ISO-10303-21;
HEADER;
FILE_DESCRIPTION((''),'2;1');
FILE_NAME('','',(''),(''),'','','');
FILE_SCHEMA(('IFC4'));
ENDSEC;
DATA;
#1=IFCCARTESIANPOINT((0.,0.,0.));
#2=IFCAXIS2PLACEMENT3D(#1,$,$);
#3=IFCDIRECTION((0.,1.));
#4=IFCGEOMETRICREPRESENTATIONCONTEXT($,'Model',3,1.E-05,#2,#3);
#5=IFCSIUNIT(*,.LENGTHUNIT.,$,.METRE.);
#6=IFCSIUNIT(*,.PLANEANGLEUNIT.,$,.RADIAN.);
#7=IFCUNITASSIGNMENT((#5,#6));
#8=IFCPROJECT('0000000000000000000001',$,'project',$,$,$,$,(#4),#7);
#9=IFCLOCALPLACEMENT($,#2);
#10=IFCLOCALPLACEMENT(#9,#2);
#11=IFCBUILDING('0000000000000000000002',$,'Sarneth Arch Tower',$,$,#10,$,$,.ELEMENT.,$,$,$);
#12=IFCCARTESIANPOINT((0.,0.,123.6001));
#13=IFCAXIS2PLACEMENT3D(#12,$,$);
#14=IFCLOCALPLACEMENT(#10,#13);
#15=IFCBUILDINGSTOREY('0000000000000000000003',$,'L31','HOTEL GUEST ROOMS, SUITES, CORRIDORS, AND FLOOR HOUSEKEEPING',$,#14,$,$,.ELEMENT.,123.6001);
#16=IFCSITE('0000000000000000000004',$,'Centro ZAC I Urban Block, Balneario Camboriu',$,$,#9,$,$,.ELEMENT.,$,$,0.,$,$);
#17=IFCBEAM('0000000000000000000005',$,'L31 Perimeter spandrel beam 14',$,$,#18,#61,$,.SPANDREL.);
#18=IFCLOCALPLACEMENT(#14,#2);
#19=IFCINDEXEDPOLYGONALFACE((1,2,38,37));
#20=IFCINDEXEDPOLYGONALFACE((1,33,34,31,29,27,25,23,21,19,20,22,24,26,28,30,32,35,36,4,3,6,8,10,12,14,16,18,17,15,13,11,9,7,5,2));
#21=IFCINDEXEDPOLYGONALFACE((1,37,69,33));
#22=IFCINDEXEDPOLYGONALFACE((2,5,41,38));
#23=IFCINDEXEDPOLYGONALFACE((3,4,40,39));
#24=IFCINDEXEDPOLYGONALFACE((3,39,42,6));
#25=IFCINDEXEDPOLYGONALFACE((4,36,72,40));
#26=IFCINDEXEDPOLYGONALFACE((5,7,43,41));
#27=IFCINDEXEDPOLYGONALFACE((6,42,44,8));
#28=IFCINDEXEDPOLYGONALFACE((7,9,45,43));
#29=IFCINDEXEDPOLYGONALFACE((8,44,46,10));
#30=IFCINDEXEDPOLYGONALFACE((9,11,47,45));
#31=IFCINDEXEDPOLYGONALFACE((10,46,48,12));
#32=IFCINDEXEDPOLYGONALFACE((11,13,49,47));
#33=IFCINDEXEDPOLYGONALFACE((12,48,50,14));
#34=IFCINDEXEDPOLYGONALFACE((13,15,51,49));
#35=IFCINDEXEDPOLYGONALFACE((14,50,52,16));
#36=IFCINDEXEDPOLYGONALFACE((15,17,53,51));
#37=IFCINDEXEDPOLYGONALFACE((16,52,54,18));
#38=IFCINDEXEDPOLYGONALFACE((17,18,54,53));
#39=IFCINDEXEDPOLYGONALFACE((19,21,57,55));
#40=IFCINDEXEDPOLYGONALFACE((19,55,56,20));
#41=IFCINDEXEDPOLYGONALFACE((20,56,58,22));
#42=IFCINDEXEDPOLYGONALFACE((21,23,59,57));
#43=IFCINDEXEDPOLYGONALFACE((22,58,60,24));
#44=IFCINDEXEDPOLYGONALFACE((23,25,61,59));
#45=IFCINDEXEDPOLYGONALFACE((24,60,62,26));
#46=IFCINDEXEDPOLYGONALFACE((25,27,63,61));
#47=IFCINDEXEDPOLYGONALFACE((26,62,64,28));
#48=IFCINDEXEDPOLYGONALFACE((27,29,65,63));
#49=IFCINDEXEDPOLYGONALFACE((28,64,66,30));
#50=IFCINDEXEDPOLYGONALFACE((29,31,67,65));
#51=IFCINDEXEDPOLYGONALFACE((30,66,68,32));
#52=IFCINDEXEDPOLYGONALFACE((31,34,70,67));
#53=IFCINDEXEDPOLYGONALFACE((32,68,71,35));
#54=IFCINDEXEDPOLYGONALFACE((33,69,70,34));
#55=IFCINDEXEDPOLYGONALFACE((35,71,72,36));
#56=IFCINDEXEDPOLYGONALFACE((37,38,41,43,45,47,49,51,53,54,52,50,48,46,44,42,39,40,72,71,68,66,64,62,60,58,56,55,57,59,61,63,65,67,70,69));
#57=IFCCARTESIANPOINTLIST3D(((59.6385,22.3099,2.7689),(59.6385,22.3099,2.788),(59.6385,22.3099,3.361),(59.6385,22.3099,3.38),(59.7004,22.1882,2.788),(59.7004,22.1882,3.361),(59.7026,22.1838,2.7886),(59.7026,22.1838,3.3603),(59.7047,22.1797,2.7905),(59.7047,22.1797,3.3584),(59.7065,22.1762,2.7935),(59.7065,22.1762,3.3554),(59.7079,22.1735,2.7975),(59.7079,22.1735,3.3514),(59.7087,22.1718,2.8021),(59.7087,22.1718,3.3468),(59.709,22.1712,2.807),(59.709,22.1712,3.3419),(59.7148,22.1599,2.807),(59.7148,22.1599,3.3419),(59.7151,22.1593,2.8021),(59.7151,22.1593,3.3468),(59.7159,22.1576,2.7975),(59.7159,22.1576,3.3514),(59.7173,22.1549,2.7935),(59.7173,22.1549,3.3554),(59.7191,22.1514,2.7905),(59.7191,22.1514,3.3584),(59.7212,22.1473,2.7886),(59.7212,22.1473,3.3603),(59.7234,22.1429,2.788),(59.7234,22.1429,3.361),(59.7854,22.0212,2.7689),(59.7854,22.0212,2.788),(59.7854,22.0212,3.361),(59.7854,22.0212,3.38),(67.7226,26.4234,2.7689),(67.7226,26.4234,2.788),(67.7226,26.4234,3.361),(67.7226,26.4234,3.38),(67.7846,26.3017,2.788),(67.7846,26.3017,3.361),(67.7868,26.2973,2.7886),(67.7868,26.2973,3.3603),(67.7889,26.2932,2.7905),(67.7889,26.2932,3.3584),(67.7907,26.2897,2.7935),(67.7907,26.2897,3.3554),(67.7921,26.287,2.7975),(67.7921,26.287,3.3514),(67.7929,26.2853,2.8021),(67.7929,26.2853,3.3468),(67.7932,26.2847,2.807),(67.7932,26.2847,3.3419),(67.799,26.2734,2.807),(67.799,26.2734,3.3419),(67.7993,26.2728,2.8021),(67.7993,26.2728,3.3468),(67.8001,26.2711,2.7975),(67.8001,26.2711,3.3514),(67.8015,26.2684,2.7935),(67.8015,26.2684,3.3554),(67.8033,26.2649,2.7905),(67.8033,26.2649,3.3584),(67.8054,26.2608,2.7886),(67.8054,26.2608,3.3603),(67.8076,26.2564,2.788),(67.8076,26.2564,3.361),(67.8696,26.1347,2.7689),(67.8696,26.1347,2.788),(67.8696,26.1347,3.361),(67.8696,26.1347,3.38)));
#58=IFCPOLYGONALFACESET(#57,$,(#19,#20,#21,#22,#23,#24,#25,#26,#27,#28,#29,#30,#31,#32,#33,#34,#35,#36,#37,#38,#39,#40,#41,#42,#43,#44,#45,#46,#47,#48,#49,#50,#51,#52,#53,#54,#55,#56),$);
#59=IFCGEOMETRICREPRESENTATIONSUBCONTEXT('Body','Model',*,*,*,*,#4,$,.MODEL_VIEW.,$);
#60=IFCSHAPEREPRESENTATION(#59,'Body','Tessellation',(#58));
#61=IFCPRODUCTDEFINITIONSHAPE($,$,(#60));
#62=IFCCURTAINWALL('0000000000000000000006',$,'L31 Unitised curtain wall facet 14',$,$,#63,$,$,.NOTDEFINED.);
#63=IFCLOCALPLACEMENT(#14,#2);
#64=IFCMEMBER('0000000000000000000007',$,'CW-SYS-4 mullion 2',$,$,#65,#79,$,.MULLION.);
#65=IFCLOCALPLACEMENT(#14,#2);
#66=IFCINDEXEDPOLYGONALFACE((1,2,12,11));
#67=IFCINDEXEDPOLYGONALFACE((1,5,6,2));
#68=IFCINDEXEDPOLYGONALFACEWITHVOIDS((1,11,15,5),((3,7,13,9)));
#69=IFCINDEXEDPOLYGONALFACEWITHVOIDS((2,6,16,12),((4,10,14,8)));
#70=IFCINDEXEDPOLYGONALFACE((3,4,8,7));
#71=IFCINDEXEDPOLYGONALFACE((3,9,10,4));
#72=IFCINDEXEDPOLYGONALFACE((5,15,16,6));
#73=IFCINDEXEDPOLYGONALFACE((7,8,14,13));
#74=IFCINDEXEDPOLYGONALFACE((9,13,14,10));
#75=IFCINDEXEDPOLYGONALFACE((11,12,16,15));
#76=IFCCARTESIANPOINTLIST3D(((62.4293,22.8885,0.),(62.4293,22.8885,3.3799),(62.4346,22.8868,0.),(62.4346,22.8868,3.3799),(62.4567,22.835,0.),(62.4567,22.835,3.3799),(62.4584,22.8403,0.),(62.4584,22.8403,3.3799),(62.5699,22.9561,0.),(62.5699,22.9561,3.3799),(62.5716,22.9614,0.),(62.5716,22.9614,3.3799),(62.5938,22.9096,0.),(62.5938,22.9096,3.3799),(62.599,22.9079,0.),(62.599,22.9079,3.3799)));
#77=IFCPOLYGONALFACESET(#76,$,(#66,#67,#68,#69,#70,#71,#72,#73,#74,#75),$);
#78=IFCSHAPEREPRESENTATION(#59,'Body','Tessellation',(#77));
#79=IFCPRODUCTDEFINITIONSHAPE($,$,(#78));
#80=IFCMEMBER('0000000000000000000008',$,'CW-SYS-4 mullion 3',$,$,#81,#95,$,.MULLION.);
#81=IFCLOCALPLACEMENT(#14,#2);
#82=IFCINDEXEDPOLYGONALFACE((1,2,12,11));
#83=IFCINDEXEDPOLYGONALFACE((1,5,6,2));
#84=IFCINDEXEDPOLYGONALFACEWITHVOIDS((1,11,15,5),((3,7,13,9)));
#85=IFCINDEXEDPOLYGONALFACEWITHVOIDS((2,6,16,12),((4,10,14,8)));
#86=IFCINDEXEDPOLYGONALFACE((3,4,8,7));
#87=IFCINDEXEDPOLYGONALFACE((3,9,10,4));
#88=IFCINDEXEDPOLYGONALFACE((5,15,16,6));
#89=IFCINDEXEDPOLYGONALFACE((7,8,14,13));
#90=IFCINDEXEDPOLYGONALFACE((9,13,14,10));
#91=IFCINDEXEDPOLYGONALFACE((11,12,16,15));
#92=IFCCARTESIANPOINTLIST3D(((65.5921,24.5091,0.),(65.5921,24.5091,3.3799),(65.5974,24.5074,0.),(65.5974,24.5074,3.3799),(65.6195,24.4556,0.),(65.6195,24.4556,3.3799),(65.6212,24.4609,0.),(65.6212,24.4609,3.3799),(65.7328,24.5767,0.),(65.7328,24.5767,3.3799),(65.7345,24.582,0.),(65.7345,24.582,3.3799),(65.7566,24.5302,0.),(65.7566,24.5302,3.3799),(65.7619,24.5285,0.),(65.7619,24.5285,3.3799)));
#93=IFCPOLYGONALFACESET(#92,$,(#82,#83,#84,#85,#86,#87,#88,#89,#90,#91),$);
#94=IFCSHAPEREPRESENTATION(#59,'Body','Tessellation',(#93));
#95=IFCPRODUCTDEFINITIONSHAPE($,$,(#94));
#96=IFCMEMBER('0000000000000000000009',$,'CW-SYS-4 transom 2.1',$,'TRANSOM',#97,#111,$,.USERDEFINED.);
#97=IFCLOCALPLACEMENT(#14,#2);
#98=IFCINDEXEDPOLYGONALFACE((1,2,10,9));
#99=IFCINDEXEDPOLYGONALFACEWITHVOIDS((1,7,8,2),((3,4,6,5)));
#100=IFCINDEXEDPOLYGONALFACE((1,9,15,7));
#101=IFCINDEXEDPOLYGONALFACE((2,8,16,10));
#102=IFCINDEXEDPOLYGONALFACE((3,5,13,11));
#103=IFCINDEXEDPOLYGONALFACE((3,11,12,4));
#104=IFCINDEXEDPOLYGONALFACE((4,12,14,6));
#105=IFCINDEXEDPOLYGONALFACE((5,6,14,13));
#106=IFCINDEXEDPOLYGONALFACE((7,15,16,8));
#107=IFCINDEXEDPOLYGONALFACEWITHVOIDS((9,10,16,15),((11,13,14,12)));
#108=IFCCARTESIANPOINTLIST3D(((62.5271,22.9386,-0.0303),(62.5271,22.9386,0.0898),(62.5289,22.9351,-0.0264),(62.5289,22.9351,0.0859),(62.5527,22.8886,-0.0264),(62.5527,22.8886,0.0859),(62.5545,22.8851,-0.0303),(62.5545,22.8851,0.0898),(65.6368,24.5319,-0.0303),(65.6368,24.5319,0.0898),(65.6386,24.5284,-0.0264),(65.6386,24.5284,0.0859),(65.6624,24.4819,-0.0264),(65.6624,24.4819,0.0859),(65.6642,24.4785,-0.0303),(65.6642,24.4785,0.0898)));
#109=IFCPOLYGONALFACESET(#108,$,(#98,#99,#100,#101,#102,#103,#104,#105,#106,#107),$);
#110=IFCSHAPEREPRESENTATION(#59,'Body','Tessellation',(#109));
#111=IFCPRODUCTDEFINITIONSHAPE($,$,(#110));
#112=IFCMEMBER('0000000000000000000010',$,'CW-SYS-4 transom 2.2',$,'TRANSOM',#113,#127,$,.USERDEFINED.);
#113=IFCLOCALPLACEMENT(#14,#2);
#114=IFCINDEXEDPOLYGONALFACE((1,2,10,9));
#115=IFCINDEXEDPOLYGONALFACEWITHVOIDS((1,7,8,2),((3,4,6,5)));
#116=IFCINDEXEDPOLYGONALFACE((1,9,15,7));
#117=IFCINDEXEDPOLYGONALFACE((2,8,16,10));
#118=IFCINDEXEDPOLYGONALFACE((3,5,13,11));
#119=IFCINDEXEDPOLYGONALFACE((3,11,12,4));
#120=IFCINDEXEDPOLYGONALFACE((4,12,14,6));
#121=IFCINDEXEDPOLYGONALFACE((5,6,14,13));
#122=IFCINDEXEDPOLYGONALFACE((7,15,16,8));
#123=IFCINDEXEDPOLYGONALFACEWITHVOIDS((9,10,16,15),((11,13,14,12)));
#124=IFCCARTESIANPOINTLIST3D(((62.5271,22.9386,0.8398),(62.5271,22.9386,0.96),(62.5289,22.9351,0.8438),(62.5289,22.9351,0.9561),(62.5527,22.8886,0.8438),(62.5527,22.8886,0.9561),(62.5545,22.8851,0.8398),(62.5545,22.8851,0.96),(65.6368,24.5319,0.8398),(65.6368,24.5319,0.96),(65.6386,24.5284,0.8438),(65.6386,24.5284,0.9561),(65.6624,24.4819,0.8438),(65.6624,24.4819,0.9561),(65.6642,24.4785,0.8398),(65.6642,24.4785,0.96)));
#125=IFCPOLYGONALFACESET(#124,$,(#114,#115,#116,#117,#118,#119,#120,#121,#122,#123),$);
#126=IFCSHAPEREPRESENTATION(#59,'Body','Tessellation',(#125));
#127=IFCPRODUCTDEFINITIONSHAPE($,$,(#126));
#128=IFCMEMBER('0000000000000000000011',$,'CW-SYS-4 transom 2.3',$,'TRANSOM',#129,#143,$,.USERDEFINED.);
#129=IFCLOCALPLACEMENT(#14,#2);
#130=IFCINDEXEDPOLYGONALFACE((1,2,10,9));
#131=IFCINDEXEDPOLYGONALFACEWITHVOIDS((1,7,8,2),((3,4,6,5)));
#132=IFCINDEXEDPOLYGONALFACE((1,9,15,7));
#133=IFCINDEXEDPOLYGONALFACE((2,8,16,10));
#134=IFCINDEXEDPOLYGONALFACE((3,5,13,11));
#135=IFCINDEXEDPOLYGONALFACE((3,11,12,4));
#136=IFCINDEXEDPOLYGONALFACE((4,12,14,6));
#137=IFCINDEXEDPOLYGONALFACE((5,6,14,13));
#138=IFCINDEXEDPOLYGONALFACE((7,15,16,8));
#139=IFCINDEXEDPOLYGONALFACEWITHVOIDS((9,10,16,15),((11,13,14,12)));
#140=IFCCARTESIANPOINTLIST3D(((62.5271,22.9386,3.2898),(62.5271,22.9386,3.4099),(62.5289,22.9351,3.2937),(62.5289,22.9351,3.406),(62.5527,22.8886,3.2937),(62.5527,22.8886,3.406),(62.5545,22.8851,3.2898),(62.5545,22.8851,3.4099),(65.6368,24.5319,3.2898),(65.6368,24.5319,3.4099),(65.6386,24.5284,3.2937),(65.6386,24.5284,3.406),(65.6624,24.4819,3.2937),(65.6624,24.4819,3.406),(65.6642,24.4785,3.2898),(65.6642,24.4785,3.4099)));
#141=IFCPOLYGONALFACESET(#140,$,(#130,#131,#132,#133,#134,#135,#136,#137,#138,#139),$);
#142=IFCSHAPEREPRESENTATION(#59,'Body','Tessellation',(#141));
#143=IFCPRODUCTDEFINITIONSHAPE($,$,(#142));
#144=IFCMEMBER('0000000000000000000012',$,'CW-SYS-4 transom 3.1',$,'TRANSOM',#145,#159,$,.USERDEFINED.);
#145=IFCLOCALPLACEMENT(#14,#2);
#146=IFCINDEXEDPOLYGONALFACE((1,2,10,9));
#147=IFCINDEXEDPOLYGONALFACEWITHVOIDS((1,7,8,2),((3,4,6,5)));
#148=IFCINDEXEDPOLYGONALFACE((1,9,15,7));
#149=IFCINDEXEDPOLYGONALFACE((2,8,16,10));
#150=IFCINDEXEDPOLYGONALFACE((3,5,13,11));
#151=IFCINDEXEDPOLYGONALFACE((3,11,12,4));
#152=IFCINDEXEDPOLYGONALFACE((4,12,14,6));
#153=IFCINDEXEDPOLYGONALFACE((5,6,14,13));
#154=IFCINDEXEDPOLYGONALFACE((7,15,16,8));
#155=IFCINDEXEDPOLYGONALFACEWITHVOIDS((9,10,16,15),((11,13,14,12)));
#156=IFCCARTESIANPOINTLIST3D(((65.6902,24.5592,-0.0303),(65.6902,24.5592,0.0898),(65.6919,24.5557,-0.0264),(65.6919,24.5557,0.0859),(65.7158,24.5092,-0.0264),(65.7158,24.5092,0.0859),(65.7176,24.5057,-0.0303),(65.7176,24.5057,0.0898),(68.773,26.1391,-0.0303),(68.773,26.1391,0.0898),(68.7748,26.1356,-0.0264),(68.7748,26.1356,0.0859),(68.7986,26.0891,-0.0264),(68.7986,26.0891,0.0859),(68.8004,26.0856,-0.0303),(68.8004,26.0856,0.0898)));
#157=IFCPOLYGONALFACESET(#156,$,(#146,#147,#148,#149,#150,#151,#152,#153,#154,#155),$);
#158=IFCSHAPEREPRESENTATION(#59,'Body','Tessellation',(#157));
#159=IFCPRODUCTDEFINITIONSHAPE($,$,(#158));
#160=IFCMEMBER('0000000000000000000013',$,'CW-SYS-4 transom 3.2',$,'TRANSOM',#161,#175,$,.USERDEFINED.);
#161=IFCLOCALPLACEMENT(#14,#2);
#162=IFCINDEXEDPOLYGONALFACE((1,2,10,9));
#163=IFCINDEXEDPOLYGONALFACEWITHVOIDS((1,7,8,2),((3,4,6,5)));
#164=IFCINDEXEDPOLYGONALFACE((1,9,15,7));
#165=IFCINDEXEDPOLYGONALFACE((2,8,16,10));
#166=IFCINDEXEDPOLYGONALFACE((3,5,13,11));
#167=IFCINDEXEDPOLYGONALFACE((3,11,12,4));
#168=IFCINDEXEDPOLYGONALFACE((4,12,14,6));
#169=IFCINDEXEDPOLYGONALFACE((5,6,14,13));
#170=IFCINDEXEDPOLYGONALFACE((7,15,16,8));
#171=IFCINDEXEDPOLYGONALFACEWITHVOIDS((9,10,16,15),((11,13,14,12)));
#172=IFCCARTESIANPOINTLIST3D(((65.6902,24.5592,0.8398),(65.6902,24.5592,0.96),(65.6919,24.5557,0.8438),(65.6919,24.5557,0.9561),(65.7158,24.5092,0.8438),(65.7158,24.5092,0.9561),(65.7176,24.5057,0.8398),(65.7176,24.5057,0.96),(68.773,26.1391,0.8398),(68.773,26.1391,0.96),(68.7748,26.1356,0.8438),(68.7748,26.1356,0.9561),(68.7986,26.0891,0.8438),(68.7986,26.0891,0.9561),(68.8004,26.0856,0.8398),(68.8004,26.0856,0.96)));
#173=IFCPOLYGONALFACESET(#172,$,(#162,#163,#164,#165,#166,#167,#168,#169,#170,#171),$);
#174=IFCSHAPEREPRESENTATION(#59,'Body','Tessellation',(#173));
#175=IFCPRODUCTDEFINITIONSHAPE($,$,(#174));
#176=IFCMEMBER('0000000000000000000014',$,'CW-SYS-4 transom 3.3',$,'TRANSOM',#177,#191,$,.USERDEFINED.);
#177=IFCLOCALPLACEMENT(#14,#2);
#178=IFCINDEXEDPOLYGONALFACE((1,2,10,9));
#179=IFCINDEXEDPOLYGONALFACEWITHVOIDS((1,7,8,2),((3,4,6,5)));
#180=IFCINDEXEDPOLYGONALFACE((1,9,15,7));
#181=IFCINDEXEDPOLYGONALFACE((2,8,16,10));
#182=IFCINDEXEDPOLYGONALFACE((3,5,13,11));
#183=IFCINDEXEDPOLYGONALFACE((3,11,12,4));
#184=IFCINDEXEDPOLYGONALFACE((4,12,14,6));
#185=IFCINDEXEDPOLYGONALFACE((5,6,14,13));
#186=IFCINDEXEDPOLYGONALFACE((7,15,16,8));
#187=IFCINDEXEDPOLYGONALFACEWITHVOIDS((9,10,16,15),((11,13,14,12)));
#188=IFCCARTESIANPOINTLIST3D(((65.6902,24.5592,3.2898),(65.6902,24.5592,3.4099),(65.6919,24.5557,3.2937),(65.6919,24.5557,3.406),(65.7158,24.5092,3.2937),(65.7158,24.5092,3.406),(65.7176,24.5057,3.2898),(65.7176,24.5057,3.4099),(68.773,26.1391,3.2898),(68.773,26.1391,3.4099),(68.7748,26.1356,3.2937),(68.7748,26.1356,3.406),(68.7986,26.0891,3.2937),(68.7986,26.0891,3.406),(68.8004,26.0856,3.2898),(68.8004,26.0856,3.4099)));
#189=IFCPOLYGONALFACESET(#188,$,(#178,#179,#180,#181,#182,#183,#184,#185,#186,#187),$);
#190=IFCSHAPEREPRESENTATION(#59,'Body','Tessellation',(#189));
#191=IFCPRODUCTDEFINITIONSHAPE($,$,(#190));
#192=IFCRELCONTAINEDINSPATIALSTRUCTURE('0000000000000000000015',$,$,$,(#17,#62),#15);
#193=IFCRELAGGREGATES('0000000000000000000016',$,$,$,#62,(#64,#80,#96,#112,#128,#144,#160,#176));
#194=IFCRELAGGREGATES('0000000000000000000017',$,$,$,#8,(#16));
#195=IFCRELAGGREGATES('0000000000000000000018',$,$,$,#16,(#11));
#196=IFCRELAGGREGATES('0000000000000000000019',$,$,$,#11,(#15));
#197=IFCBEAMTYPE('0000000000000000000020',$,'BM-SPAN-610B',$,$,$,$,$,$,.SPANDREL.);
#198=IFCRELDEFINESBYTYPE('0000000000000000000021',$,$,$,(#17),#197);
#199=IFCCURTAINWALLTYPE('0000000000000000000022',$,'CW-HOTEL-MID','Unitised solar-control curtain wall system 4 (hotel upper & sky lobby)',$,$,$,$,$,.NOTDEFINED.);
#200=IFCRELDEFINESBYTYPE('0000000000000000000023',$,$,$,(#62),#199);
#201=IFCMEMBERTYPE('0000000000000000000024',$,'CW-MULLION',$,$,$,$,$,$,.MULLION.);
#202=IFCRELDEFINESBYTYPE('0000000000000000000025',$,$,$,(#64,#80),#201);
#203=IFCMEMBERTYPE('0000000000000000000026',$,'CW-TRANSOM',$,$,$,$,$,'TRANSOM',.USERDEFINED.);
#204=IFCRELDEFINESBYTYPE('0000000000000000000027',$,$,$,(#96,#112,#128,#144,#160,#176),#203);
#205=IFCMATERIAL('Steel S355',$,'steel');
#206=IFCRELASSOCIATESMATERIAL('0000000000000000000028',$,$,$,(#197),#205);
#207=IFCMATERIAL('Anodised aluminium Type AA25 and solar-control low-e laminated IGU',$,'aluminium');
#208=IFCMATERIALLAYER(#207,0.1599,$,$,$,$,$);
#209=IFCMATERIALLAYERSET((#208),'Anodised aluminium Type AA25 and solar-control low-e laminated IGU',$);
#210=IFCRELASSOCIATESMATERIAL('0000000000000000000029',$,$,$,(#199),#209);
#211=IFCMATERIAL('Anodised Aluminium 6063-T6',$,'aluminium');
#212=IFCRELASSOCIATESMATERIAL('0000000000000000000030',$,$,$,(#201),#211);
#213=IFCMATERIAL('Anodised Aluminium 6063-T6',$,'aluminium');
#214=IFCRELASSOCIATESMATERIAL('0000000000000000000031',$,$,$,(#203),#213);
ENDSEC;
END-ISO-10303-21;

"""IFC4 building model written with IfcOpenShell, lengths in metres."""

from ifc_helpers import new_model, si_unit, direction, frame, origin, origin_2d, place, context, subcontext, project, spatial, hollow_rectangle, i_section, extrude, material, layer, layer_set, material_profile, profile_set, type_object, element, aggregate, save


model = new_model("IFC4")

# Units and contexts
model_context = context("Model", 3, precision=1e-05, world=origin(), true_north=direction((0.0, 1.0)))
body_context = subcontext(model_context, "Body", "Model", "MODEL_VIEW")
ifc_project = project(units=[si_unit("LENGTHUNIT", "METRE"), si_unit("PLANEANGLEUNIT", "RADIAN")], contexts=[model_context])

# Site, building, storey
site_placement = place(None, origin())
site = spatial("IfcSite", under=ifc_project, at=site_placement, Name="Centro ZAC I Urban Block, Balneario Camboriu", CompositionType="ELEMENT", RefElevation=0.0)
building_placement = place(site_placement, origin())
building = spatial("IfcBuilding", under=site, at=building_placement, Name="Sarneth Arch Tower", CompositionType="ELEMENT")
storey_placement = place(building_placement, frame((0.0, 0.0, 123.6001)))
storey = spatial("IfcBuildingStorey", under=building, at=storey_placement, Name="L31", Description="HOTEL GUEST ROOMS, SUITES, CORRIDORS, AND FLOOR HOUSEKEEPING", CompositionType="ELEMENT", Elevation=123.6001)

# Beam
ifc_material_1 = material(Name="Steel S355", Category="steel")
ifc_material_profile_1 = material_profile(ifc_material_1, i_section(OverallWidth=0.324, OverallDepth=0.6111, WebThickness=0.0127, FlangeThickness=0.019, FilletRadius=0.019, at=origin_2d()), Name="W610x155")
ifc_profile_set_1 = profile_set([ifc_material_profile_1], Name="Steel S355")
beam_type = type_object("IfcBeamType", Name="BM-SPAN-610B", PredefinedType="SPANDREL", material=ifc_profile_set_1)
beam_placement = place(storey_placement, frame((59.7119, 22.1655, 3.0745), z_axis=(0.891256, 0.453501, 0.0), x_axis=(-0.453501, 0.891256, 0.0)))
element("IfcBeam", 1, at=beam_placement, inside=storey, type_object=beam_type, Name="L31 Perimeter spandrel beam 14", PredefinedType="SPANDREL", context=body_context, shape_type="SweptSolid", body=[
    extrude(i_section(OverallWidth=0.324, OverallDepth=0.6111, WebThickness=0.0127, FlangeThickness=0.019, FilletRadius=0.019, at=origin_2d()), origin(), (0.0, 0.0, 1.0), 9.0706),
])

# Curtain wall, members
ifc_material_2 = material(Name="Anodised aluminium Type AA25 and solar-control low-e laminated IGU", Category="aluminium")
ifc_layer_1 = layer(ifc_material_2, 0.1599)
ifc_layer_set_1 = layer_set([ifc_layer_1], Name="Anodised aluminium Type AA25 and solar-control low-e laminated IGU")
curtain_wall_type = type_object("IfcCurtainWallType", Name="CW-HOTEL-MID", Description="Unitised solar-control curtain wall system 4 (hotel upper & sky lobby)", PredefinedType="NOTDEFINED", material=ifc_layer_set_1)
curtain_wall_placement = place(storey_placement, origin())
curtain_wall = element("IfcCurtainWall", 2, at=curtain_wall_placement, inside=storey, type_object=curtain_wall_type, Name="L31 Unitised curtain wall facet 14", PredefinedType="NOTDEFINED")
ifc_material_3 = material(Name="Anodised Aluminium 6063-T6", Category="aluminium")
ifc_material_profile_2 = material_profile(ifc_material_3, hollow_rectangle(XDim=0.0601, YDim=0.1599, WallThickness=0.0039, at=origin_2d()), Name="AL-MULL-160x60x4")
ifc_profile_set_2 = profile_set([ifc_material_profile_2], Name="Anodised Aluminium 6063-T6")
member_type_1 = type_object("IfcMemberType", Name="CW-MULLION", PredefinedType="MULLION", material=ifc_profile_set_2)
member_1_placement = place(storey_placement, frame((62.5142, 22.8982, 0.0), z_axis=(0.0, 0.0, 1.0), x_axis=(-0.456031, 0.889964, 0.0)))
member_1 = element("IfcMember", 3, at=member_1_placement, type_object=member_type_1, Name="CW-SYS-4 mullion 2", PredefinedType="MULLION", context=body_context, shape_type="SweptSolid", body=[
    extrude(hollow_rectangle(XDim=0.0601, YDim=0.1599, WallThickness=0.0039, at=origin_2d()), origin(), (0.0, 0.0, 1.0), 3.3799),
])
member_2_placement = place(storey_placement, frame((65.677, 24.5188, 0.0), z_axis=(0.0, 0.0, 1.0), x_axis=(-0.456031, 0.889964, 0.0)))
member_2 = element("IfcMember", 4, at=member_2_placement, type_object=member_type_1, Name="CW-SYS-4 mullion 3", PredefinedType="MULLION", context=body_context, shape_type="SweptSolid", body=[
    extrude(hollow_rectangle(XDim=0.0601, YDim=0.1599, WallThickness=0.0039, at=origin_2d()), origin(), (0.0, 0.0, 1.0), 3.3799),
])
ifc_material_4 = material(Name="Anodised Aluminium 6063-T6", Category="aluminium")
ifc_material_profile_3 = material_profile(ifc_material_4, hollow_rectangle(XDim=0.0601, YDim=0.1201, WallThickness=0.0039, at=origin_2d()), Name="AL-TRAN-120x60x4")
ifc_profile_set_3 = profile_set([ifc_material_profile_3], Name="Anodised Aluminium 6063-T6")
member_type_2 = type_object("IfcMemberType", Name="CW-TRANSOM", ElementType="TRANSOM", PredefinedType="USERDEFINED", material=ifc_profile_set_3)
member_3_placement = place(storey_placement, frame((62.5408, 22.9119, 0.0298), z_axis=(0.889982, 0.455996, 0.0), x_axis=(-0.455996, 0.889982, 0.0)))
member_3 = element("IfcMember", 5, at=member_3_placement, type_object=member_type_2, Name="CW-SYS-4 transom 2.1", ObjectType="TRANSOM", PredefinedType="USERDEFINED", context=body_context, shape_type="SweptSolid", body=[
    extrude(hollow_rectangle(XDim=0.0601, YDim=0.1201, WallThickness=0.0039, at=origin_2d()), origin(), (0.0, 0.0, 1.0), 3.4941),
])
member_4_placement = place(storey_placement, frame((62.5408, 22.9119, 0.8999), z_axis=(0.889982, 0.455996, 0.0), x_axis=(-0.455996, 0.889982, 0.0)))
member_4 = element("IfcMember", 6, at=member_4_placement, type_object=member_type_2, Name="CW-SYS-4 transom 2.2", ObjectType="TRANSOM", PredefinedType="USERDEFINED", context=body_context, shape_type="SweptSolid", body=[
    extrude(hollow_rectangle(XDim=0.0601, YDim=0.1201, WallThickness=0.0039, at=origin_2d()), origin(), (0.0, 0.0, 1.0), 3.4941),
])
member_5_placement = place(storey_placement, frame((62.5408, 22.9119, 3.3499), z_axis=(0.889982, 0.455996, 0.0), x_axis=(-0.455996, 0.889982, 0.0)))
member_5 = element("IfcMember", 7, at=member_5_placement, type_object=member_type_2, Name="CW-SYS-4 transom 2.3", ObjectType="TRANSOM", PredefinedType="USERDEFINED", context=body_context, shape_type="SweptSolid", body=[
    extrude(hollow_rectangle(XDim=0.0601, YDim=0.1201, WallThickness=0.0039, at=origin_2d()), origin(), (0.0, 0.0, 1.0), 3.4941),
])
member_6_placement = place(storey_placement, frame((65.7039, 24.5325, 0.0298), z_axis=(0.889943, 0.456072, 0.0), x_axis=(-0.456072, 0.889943, 0.0)))
member_6 = element("IfcMember", 8, at=member_6_placement, type_object=member_type_2, Name="CW-SYS-4 transom 3.1", ObjectType="TRANSOM", PredefinedType="USERDEFINED", context=body_context, shape_type="SweptSolid", body=[
    extrude(hollow_rectangle(XDim=0.0601, YDim=0.1201, WallThickness=0.0039, at=origin_2d()), origin(), (0.0, 0.0, 1.0), 3.4641),
])
member_7_placement = place(storey_placement, frame((65.7039, 24.5325, 0.8999), z_axis=(0.889943, 0.456072, 0.0), x_axis=(-0.456072, 0.889943, 0.0)))
member_7 = element("IfcMember", 9, at=member_7_placement, type_object=member_type_2, Name="CW-SYS-4 transom 3.2", ObjectType="TRANSOM", PredefinedType="USERDEFINED", context=body_context, shape_type="SweptSolid", body=[
    extrude(hollow_rectangle(XDim=0.0601, YDim=0.1201, WallThickness=0.0039, at=origin_2d()), origin(), (0.0, 0.0, 1.0), 3.4641),
])
member_8_placement = place(storey_placement, frame((65.7039, 24.5325, 3.3499), z_axis=(0.889943, 0.456072, 0.0), x_axis=(-0.456072, 0.889943, 0.0)))
member_8 = element("IfcMember", 10, at=member_8_placement, type_object=member_type_2, Name="CW-SYS-4 transom 3.3", ObjectType="TRANSOM", PredefinedType="USERDEFINED", context=body_context, shape_type="SweptSolid", body=[
    extrude(hollow_rectangle(XDim=0.0601, YDim=0.1201, WallThickness=0.0039, at=origin_2d()), origin(), (0.0, 0.0, 1.0), 3.4641),
])
aggregate(curtain_wall, [member_1, member_2, member_3, member_4, member_5, member_6, member_7, member_8])

save(model, "model.ifc")
